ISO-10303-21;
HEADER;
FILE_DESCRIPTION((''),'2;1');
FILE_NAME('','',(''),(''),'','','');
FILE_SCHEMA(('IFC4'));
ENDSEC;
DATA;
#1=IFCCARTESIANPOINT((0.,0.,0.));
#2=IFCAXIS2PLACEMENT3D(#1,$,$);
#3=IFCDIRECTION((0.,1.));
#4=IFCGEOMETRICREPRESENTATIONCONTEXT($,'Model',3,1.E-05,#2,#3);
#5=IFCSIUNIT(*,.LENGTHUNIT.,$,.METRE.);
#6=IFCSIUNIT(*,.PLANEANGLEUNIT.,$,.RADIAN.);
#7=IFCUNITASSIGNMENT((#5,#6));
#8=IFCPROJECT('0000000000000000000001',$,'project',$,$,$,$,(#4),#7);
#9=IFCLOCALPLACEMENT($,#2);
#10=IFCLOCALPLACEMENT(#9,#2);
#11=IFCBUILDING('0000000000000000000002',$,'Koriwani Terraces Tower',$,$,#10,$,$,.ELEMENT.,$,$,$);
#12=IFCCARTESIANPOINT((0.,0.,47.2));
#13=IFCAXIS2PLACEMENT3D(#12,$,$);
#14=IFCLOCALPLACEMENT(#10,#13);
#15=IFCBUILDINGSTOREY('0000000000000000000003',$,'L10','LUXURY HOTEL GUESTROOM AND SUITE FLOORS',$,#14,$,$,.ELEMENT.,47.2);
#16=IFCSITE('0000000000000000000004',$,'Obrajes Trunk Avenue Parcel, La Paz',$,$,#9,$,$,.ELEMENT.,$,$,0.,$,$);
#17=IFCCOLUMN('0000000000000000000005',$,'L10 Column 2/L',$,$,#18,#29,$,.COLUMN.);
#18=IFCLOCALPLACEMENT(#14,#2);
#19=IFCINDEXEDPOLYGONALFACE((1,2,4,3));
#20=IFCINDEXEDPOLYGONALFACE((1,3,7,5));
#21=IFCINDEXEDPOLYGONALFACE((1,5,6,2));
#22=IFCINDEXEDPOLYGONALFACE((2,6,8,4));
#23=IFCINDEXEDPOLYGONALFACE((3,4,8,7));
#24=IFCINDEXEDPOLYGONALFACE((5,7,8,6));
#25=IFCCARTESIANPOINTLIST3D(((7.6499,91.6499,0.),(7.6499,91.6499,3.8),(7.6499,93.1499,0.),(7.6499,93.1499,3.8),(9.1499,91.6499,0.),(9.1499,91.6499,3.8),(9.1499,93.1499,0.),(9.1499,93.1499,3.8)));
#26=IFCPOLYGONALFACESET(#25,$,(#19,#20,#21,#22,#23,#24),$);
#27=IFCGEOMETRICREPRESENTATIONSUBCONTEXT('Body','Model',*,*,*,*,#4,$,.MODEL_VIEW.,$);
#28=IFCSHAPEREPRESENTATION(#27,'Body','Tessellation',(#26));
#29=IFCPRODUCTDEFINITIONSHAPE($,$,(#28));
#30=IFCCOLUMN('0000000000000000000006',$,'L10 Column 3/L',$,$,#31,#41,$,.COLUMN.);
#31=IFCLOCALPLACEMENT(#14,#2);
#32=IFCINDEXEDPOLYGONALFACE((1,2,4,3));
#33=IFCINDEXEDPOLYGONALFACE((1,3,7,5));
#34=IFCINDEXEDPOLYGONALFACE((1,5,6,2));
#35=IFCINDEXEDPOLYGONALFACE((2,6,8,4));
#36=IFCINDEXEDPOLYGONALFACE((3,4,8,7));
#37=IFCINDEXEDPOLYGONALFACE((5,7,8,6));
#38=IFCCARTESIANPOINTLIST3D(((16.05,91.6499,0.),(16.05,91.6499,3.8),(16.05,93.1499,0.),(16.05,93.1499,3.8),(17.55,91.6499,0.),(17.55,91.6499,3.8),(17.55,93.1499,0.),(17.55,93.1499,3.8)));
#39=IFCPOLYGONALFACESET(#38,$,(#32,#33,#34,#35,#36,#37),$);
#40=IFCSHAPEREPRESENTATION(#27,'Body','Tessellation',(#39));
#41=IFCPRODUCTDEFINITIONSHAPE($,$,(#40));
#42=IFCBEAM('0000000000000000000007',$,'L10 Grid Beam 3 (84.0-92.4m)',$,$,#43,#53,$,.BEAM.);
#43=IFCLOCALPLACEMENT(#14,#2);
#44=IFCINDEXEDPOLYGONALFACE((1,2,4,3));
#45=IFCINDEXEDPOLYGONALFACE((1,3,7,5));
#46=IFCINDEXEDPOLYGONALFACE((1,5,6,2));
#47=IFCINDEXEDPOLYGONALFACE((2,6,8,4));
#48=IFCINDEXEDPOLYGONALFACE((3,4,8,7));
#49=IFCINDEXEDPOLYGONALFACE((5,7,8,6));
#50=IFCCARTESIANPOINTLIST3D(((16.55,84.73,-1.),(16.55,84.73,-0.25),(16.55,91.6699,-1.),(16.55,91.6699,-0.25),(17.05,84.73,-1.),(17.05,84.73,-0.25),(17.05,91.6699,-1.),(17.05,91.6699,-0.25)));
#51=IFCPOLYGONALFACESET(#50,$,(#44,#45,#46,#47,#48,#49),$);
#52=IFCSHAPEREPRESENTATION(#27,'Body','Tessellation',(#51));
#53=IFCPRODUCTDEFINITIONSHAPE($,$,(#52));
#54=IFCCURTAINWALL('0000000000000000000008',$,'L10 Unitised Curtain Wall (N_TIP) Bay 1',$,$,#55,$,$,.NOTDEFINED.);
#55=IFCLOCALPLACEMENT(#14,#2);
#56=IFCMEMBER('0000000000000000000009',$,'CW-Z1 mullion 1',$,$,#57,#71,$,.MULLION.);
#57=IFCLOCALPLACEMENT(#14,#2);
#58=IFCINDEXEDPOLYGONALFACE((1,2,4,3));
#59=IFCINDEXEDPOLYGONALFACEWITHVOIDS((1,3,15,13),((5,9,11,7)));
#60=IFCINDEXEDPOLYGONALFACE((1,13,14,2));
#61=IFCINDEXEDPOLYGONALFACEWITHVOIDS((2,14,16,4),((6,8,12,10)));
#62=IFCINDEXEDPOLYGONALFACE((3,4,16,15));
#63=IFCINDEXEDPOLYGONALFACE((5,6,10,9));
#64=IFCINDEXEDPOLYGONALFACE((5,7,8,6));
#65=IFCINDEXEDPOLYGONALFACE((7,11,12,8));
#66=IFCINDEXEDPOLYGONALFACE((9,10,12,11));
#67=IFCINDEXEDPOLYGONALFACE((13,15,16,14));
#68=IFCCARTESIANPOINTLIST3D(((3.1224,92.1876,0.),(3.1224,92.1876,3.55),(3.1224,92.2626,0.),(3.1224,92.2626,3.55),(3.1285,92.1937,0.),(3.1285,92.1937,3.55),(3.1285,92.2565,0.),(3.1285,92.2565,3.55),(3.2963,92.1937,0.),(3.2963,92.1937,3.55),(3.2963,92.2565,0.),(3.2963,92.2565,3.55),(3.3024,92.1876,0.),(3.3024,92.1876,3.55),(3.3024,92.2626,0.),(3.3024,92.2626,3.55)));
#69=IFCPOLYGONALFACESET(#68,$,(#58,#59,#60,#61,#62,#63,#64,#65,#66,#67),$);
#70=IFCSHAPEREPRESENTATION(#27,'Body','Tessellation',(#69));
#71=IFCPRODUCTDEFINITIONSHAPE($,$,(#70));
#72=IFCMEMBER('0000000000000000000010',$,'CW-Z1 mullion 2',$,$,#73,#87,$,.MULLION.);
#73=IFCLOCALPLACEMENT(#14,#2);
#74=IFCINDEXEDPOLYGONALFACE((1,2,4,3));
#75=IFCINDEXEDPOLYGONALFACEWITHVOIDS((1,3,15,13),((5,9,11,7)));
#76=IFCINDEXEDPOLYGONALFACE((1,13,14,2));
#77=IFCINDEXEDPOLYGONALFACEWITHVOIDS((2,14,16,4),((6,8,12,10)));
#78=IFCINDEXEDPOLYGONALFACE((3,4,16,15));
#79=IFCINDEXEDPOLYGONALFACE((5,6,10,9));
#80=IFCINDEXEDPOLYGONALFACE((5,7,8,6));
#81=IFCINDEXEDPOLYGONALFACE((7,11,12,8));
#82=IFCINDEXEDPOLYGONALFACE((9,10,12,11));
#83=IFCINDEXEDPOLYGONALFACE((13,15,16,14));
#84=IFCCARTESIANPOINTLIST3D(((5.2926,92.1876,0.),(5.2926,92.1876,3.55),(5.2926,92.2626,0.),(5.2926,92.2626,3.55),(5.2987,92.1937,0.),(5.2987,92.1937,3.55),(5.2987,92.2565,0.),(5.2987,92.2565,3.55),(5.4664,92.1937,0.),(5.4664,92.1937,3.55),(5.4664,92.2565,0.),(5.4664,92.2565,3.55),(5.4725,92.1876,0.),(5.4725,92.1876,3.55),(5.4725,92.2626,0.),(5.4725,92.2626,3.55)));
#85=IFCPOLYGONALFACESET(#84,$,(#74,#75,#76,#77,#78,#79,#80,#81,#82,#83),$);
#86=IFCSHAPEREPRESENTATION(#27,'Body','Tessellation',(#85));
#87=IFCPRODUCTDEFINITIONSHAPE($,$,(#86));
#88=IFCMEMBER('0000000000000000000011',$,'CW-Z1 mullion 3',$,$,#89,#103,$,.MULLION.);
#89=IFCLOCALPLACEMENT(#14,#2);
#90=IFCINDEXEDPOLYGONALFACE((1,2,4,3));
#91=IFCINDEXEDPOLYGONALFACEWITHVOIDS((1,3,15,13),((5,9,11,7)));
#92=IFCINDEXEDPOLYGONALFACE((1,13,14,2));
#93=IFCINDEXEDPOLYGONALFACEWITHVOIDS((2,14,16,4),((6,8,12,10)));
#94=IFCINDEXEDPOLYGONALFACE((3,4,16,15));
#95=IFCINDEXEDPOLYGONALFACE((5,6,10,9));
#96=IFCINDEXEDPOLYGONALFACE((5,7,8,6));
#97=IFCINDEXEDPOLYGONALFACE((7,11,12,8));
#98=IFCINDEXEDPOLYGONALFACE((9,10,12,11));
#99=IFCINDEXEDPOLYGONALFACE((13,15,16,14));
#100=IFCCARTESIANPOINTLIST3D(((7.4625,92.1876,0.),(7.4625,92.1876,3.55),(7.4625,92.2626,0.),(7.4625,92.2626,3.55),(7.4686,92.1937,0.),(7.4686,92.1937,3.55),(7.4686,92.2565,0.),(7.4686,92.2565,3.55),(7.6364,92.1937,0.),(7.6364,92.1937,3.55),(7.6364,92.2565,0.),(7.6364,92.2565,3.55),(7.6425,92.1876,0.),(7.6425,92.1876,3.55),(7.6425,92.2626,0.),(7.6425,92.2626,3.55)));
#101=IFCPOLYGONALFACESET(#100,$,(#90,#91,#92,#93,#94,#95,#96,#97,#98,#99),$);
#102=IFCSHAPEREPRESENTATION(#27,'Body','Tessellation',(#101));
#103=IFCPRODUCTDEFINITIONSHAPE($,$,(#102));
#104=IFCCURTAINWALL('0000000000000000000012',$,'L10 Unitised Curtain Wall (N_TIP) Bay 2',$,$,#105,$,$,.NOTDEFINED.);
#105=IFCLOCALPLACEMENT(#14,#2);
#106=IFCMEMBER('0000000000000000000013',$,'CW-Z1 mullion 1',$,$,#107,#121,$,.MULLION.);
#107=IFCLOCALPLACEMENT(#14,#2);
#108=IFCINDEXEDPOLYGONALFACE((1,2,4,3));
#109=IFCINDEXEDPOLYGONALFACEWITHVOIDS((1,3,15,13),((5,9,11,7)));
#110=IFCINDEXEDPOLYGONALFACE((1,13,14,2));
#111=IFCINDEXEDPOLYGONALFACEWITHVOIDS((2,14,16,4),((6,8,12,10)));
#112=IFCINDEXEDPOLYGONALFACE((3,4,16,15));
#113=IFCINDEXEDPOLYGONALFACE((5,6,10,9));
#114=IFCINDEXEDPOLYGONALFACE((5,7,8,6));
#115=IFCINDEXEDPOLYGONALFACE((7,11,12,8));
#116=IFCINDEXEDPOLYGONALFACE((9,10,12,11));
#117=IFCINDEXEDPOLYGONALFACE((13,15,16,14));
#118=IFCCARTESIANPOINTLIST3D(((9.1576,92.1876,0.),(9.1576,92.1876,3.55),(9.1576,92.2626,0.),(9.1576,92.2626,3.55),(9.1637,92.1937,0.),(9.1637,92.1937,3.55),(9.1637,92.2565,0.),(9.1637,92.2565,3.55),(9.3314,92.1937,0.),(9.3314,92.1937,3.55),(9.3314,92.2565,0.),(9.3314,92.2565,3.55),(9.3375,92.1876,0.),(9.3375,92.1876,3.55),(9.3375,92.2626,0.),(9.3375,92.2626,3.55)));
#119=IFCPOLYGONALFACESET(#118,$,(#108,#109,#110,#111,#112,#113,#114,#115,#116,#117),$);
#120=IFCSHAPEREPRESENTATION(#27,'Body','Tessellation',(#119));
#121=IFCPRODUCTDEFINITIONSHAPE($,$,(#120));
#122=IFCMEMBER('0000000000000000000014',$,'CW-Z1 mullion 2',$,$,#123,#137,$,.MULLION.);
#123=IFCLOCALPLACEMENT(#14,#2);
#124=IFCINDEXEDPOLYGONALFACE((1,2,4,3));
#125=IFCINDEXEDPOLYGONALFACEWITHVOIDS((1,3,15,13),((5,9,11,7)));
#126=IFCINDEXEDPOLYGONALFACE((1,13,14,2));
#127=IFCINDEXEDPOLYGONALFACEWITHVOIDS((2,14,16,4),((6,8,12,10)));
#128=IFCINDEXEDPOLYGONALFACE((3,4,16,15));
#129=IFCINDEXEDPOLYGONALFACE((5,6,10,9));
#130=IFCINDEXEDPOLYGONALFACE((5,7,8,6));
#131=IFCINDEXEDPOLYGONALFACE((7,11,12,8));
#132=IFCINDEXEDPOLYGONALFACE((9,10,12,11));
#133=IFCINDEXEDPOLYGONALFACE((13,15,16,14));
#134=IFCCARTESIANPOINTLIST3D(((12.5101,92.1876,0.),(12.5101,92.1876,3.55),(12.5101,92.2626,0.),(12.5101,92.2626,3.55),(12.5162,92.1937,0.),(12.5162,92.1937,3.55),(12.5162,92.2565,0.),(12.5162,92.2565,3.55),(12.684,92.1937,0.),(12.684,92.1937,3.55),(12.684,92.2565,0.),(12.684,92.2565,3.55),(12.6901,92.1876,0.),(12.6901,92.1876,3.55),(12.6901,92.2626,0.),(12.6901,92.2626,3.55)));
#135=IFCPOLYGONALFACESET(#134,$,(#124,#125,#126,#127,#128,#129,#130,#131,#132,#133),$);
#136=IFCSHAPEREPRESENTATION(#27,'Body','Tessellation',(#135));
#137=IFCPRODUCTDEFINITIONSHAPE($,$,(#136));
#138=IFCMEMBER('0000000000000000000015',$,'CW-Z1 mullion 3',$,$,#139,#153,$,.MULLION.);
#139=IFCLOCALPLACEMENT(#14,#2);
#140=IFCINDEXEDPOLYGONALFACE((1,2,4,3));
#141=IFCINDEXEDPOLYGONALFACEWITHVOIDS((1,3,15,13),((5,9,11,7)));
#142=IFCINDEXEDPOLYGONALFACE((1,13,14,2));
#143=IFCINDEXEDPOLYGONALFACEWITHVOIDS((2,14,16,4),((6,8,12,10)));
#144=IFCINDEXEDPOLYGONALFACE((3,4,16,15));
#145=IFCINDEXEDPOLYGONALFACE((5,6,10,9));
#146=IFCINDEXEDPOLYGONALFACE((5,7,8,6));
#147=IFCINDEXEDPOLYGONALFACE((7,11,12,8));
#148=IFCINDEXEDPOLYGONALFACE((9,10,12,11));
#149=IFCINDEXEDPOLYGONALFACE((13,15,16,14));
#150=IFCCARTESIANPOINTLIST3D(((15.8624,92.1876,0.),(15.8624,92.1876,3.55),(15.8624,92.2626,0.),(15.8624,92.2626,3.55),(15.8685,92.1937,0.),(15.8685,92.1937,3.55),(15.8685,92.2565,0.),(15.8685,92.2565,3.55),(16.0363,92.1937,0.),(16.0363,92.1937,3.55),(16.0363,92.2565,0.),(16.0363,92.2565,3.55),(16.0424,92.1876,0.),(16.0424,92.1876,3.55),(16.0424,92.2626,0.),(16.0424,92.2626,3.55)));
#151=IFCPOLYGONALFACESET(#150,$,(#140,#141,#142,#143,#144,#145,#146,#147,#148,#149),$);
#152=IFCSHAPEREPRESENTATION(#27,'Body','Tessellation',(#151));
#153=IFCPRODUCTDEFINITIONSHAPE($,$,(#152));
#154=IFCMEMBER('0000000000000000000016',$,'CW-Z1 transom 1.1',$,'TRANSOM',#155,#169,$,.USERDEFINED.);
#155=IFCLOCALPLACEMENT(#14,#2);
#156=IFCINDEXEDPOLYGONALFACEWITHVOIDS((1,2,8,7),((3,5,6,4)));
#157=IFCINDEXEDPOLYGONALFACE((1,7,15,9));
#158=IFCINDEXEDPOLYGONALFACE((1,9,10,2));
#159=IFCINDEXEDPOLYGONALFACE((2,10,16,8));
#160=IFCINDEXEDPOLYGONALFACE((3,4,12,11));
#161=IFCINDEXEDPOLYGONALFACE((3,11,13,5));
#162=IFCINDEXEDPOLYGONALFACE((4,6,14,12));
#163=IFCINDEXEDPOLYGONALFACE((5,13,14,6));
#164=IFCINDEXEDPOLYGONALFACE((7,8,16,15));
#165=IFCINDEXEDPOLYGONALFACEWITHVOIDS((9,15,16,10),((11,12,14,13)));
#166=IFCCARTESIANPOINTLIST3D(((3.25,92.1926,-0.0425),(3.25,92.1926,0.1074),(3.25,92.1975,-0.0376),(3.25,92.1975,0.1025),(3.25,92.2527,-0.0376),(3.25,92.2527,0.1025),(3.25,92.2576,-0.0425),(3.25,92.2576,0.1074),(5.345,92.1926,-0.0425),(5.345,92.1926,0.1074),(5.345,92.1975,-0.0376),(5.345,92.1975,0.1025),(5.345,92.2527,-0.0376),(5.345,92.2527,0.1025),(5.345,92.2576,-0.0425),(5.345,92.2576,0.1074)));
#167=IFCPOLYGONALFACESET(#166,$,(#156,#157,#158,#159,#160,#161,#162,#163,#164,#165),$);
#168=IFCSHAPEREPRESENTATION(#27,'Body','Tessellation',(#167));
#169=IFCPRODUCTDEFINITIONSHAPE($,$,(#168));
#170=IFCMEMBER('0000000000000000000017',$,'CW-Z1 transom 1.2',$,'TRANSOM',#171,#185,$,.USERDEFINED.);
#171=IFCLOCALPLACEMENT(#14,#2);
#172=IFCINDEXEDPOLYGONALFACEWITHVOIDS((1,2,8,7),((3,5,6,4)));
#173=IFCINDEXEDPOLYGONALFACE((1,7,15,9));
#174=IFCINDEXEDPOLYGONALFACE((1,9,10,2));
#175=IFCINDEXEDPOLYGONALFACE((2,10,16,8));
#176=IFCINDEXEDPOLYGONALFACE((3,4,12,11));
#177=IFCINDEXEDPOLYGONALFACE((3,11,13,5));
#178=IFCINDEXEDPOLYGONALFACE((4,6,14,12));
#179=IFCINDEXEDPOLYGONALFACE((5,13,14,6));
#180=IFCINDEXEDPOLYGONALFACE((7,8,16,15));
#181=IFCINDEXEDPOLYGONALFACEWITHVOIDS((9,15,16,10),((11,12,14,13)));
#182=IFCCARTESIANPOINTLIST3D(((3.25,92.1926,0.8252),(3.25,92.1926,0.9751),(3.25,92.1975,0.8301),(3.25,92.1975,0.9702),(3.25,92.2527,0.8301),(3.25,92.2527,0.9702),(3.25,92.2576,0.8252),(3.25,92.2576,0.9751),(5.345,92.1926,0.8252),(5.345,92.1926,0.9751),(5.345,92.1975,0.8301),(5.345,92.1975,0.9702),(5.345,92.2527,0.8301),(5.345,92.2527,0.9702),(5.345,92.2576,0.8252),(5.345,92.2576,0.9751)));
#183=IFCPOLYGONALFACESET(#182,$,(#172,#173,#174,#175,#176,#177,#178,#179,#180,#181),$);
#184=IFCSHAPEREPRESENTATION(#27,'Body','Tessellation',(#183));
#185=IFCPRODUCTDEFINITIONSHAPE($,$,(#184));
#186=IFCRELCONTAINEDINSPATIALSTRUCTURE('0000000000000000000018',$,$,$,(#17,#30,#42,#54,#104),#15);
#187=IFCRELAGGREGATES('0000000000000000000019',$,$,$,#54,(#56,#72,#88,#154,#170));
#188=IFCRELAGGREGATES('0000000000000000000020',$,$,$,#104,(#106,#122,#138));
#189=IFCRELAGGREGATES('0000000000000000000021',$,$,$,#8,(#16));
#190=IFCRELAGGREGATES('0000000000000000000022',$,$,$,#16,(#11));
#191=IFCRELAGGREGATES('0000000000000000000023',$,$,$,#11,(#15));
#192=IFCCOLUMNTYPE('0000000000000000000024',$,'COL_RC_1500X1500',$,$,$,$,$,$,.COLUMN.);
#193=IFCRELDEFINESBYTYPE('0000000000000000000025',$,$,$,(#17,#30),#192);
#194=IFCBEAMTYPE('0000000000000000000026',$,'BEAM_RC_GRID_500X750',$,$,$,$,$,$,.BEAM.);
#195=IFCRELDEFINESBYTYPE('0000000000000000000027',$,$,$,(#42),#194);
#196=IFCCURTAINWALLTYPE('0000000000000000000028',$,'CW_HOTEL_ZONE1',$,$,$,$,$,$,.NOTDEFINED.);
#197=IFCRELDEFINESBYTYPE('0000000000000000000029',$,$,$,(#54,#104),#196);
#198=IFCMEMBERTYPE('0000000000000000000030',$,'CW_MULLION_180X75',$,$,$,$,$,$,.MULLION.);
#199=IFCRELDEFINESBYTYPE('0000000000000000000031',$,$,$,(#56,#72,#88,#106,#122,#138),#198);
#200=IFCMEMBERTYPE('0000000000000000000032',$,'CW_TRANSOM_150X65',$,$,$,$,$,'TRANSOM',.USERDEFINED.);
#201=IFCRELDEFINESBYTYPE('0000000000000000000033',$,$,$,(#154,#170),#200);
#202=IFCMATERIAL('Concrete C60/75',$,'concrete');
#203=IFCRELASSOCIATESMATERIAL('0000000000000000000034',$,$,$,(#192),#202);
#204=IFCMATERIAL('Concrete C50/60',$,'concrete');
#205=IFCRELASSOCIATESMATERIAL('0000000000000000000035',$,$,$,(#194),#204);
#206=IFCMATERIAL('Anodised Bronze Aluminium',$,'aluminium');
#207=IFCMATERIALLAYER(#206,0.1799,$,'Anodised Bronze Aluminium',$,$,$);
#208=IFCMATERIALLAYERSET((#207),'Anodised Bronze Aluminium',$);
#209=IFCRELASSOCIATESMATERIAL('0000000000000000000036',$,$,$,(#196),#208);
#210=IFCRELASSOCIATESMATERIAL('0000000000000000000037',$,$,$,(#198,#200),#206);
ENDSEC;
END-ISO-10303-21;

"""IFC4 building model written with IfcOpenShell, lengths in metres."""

from ifc_helpers import new_model, si_unit, direction, frame, origin, origin_2d, place, context, subcontext, project, spatial, rectangle, hollow_rectangle, extrude, material, layer, layer_set, material_profile, profile_set, type_object, element, aggregate, save


model = new_model("IFC4")

# Units and contexts
model_context = context("Model", 3, precision=1e-05, world=origin(), true_north=direction((0.0, 1.0)))
body_context = subcontext(model_context, "Body", "Model", "MODEL_VIEW")
ifc_project = project(units=[si_unit("LENGTHUNIT", "METRE"), si_unit("PLANEANGLEUNIT", "RADIAN")], contexts=[model_context])

# Site, building, storey
site_placement = place(None, origin())
site = spatial("IfcSite", under=ifc_project, at=site_placement, Name="Obrajes Trunk Avenue Parcel, La Paz", CompositionType="ELEMENT", RefElevation=0.0)
building_placement = place(site_placement, origin())
building = spatial("IfcBuilding", under=site, at=building_placement, Name="Koriwani Terraces Tower", CompositionType="ELEMENT")
storey_placement = place(building_placement, frame((0.0, 0.0, 47.2)))
storey = spatial("IfcBuildingStorey", under=building, at=storey_placement, Name="L10", Description="LUXURY HOTEL GUESTROOM AND SUITE FLOORS", CompositionType="ELEMENT", Elevation=47.2)

# Columns
ifc_material_1 = material(Name="Concrete C60/75", Category="concrete")
ifc_material_profile_1 = material_profile(ifc_material_1, rectangle(XDim=1.5, YDim=1.5, at=origin_2d()), Name="Concrete C60/75", Category="LoadBearing")
ifc_profile_set_1 = profile_set([ifc_material_profile_1], Name="Concrete C60/75")
column_type = type_object("IfcColumnType", Name="COL_RC_1500X1500", PredefinedType="COLUMN", material=ifc_profile_set_1)
for number, where, z_axis, x_axis, name in (
    (1, (8.3999, 92.3999, 0.0), (0.0, 0.0, 1.0), (1.0, 0.0, 0.0), "L10 Column 2/L"),
    (2, (16.8, 92.3999, 0.0), (0.0, 0.0, 1.0), (1.0, 0.0, 0.0), "L10 Column 3/L"),
):
    element("IfcColumn", number, at=place(storey_placement, frame(where, z_axis=z_axis, x_axis=x_axis)), inside=storey, type_object=column_type, Name=name, PredefinedType="COLUMN", context=body_context, shape_type="SweptSolid", body=[
        extrude(rectangle(XDim=1.5, YDim=1.5, at=origin_2d()), origin(), (0.0, 0.0, 1.0), 3.8),
    ])

# Beam
ifc_material_2 = material(Name="Concrete C50/60", Category="concrete")
ifc_material_profile_2 = material_profile(ifc_material_2, rectangle(XDim=0.5, YDim=0.75, at=origin_2d()), Name="Concrete C50/60", Category="LoadBearing")
ifc_profile_set_2 = profile_set([ifc_material_profile_2], Name="Concrete C50/60")
beam_type_1 = type_object("IfcBeamType", Name="BEAM_RC_GRID_500X750", PredefinedType="BEAM", material=ifc_profile_set_2)
beam_1_placement = place(storey_placement, frame((16.8, 84.73, -0.625), z_axis=(0.0, 1.0, 0.0), x_axis=(-1.0, 0.0, 0.0)))
element("IfcBeam", 3, at=beam_1_placement, inside=storey, type_object=beam_type_1, Name="L10 Grid Beam 3 (84.0-92.4m)", PredefinedType="BEAM", context=body_context, shape_type="SweptSolid", body=[
    extrude(rectangle(XDim=0.5, YDim=0.75, at=origin_2d()), origin(), (0.0, 0.0, 1.0), 6.9399),
])

# Curtain walls, members
ifc_material_3 = material(Name="Anodised Bronze Aluminium", Category="aluminium")
ifc_layer_1 = layer(ifc_material_3, 0.1799, Name="Anodised Bronze Aluminium")
ifc_layer_set_1 = layer_set([ifc_layer_1], Name="Anodised Bronze Aluminium")
curtain_wall_type = type_object("IfcCurtainWallType", Name="CW_HOTEL_ZONE1", PredefinedType="NOTDEFINED", material=ifc_layer_set_1)
curtain_wall_1_placement = place(storey_placement, origin())
curtain_wall_1 = element("IfcCurtainWall", 4, at=curtain_wall_1_placement, inside=storey, type_object=curtain_wall_type, Name="L10 Unitised Curtain Wall (N_TIP) Bay 1", PredefinedType="NOTDEFINED")
ifc_material_profile_3 = material_profile(ifc_material_3, hollow_rectangle(XDim=0.075, YDim=0.1799, WallThickness=0.0061, at=origin_2d()), Name="Anodised Bronze Aluminium", Category="LoadBearing")
ifc_profile_set_3 = profile_set([ifc_material_profile_3], Name="Anodised Bronze Aluminium")
member_type_1 = type_object("IfcMemberType", Name="CW_MULLION_180X75", PredefinedType="MULLION", material=ifc_profile_set_3)
member_1_placement = place(storey_placement, frame((3.2124, 92.2251, 0.0), z_axis=(0.0, 0.0, 1.0), x_axis=(0.0, 1.0, 0.0)))
member_1 = element("IfcMember", 5, at=member_1_placement, type_object=member_type_1, Name="CW-Z1 mullion 1", PredefinedType="MULLION", context=body_context, shape_type="SweptSolid", body=[
    extrude(hollow_rectangle(XDim=0.075, YDim=0.1799, WallThickness=0.0061, at=origin_2d()), origin(), (0.0, 0.0, 1.0), 3.55),
])
member_2_placement = place(storey_placement, frame((5.3826, 92.2251, 0.0), z_axis=(0.0, 0.0, 1.0), x_axis=(0.0, 1.0, 0.0)))
member_2 = element("IfcMember", 6, at=member_2_placement, type_object=member_type_1, Name="CW-Z1 mullion 2", PredefinedType="MULLION", context=body_context, shape_type="SweptSolid", body=[
    extrude(hollow_rectangle(XDim=0.075, YDim=0.1799, WallThickness=0.0061, at=origin_2d()), origin(), (0.0, 0.0, 1.0), 3.55),
])
member_3_placement = place(storey_placement, frame((7.5525, 92.2251, 0.0), z_axis=(0.0, 0.0, 1.0), x_axis=(0.0, 1.0, 0.0)))
member_3 = element("IfcMember", 7, at=member_3_placement, type_object=member_type_1, Name="CW-Z1 mullion 3", PredefinedType="MULLION", context=body_context, shape_type="SweptSolid", body=[
    extrude(hollow_rectangle(XDim=0.075, YDim=0.1799, WallThickness=0.0061, at=origin_2d()), origin(), (0.0, 0.0, 1.0), 3.55),
])
curtain_wall_2_placement = place(storey_placement, origin())
curtain_wall_2 = element("IfcCurtainWall", 8, at=curtain_wall_2_placement, inside=storey, type_object=curtain_wall_type, Name="L10 Unitised Curtain Wall (N_TIP) Bay 2", PredefinedType="NOTDEFINED")
member_4_placement = place(storey_placement, frame((9.2476, 92.2251, 0.0), z_axis=(0.0, 0.0, 1.0), x_axis=(0.0, 1.0, 0.0)))
member_4 = element("IfcMember", 9, at=member_4_placement, type_object=member_type_1, Name="CW-Z1 mullion 1", PredefinedType="MULLION", context=body_context, shape_type="SweptSolid", body=[
    extrude(hollow_rectangle(XDim=0.075, YDim=0.1799, WallThickness=0.0061, at=origin_2d()), origin(), (0.0, 0.0, 1.0), 3.55),
])
member_5_placement = place(storey_placement, frame((12.6001, 92.2251, 0.0), z_axis=(0.0, 0.0, 1.0), x_axis=(0.0, 1.0, 0.0)))
member_5 = element("IfcMember", 10, at=member_5_placement, type_object=member_type_1, Name="CW-Z1 mullion 2", PredefinedType="MULLION", context=body_context, shape_type="SweptSolid", body=[
    extrude(hollow_rectangle(XDim=0.075, YDim=0.1799, WallThickness=0.0061, at=origin_2d()), origin(), (0.0, 0.0, 1.0), 3.55),
])
member_6_placement = place(storey_placement, frame((15.9524, 92.2251, 0.0), z_axis=(0.0, 0.0, 1.0), x_axis=(0.0, 1.0, 0.0)))
member_6 = element("IfcMember", 11, at=member_6_placement, type_object=member_type_1, Name="CW-Z1 mullion 3", PredefinedType="MULLION", context=body_context, shape_type="SweptSolid", body=[
    extrude(hollow_rectangle(XDim=0.075, YDim=0.1799, WallThickness=0.0061, at=origin_2d()), origin(), (0.0, 0.0, 1.0), 3.55),
])

# Members
ifc_material_profile_4 = material_profile(ifc_material_3, hollow_rectangle(XDim=0.0649, YDim=0.1499, WallThickness=0.0049, at=origin_2d()), Name="Anodised Bronze Aluminium", Category="LoadBearing")
ifc_profile_set_4 = profile_set([ifc_material_profile_4], Name="Anodised Bronze Aluminium")
member_type_2 = type_object("IfcMemberType", Name="CW_TRANSOM_150X65", ElementType="TRANSOM", PredefinedType="USERDEFINED", material=ifc_profile_set_4)
member_7_placement = place(storey_placement, frame((3.25, 92.2251, 0.0325), z_axis=(1.0, 0.0, 0.0), x_axis=(0.0, 1.0, 0.0)))
member_7 = element("IfcMember", 12, at=member_7_placement, type_object=member_type_2, Name="CW-Z1 transom 1.1", ObjectType="TRANSOM", PredefinedType="USERDEFINED", context=body_context, shape_type="SweptSolid", body=[
    extrude(hollow_rectangle(XDim=0.0649, YDim=0.1499, WallThickness=0.0049, at=origin_2d()), origin(), (0.0, 0.0, 1.0), 2.095),
])
member_8_placement = place(storey_placement, frame((3.25, 92.2251, 0.9001), z_axis=(1.0, 0.0, 0.0), x_axis=(0.0, 1.0, 0.0)))
member_8 = element("IfcMember", 13, at=member_8_placement, type_object=member_type_2, Name="CW-Z1 transom 1.2", ObjectType="TRANSOM", PredefinedType="USERDEFINED", context=body_context, shape_type="SweptSolid", body=[
    extrude(hollow_rectangle(XDim=0.0649, YDim=0.1499, WallThickness=0.0049, at=origin_2d()), origin(), (0.0, 0.0, 1.0), 2.095),
])

aggregate(curtain_wall_1, [member_1, member_2, member_3, member_7, member_8])
aggregate(curtain_wall_2, [member_4, member_5, member_6])

save(model, "model.ifc")
